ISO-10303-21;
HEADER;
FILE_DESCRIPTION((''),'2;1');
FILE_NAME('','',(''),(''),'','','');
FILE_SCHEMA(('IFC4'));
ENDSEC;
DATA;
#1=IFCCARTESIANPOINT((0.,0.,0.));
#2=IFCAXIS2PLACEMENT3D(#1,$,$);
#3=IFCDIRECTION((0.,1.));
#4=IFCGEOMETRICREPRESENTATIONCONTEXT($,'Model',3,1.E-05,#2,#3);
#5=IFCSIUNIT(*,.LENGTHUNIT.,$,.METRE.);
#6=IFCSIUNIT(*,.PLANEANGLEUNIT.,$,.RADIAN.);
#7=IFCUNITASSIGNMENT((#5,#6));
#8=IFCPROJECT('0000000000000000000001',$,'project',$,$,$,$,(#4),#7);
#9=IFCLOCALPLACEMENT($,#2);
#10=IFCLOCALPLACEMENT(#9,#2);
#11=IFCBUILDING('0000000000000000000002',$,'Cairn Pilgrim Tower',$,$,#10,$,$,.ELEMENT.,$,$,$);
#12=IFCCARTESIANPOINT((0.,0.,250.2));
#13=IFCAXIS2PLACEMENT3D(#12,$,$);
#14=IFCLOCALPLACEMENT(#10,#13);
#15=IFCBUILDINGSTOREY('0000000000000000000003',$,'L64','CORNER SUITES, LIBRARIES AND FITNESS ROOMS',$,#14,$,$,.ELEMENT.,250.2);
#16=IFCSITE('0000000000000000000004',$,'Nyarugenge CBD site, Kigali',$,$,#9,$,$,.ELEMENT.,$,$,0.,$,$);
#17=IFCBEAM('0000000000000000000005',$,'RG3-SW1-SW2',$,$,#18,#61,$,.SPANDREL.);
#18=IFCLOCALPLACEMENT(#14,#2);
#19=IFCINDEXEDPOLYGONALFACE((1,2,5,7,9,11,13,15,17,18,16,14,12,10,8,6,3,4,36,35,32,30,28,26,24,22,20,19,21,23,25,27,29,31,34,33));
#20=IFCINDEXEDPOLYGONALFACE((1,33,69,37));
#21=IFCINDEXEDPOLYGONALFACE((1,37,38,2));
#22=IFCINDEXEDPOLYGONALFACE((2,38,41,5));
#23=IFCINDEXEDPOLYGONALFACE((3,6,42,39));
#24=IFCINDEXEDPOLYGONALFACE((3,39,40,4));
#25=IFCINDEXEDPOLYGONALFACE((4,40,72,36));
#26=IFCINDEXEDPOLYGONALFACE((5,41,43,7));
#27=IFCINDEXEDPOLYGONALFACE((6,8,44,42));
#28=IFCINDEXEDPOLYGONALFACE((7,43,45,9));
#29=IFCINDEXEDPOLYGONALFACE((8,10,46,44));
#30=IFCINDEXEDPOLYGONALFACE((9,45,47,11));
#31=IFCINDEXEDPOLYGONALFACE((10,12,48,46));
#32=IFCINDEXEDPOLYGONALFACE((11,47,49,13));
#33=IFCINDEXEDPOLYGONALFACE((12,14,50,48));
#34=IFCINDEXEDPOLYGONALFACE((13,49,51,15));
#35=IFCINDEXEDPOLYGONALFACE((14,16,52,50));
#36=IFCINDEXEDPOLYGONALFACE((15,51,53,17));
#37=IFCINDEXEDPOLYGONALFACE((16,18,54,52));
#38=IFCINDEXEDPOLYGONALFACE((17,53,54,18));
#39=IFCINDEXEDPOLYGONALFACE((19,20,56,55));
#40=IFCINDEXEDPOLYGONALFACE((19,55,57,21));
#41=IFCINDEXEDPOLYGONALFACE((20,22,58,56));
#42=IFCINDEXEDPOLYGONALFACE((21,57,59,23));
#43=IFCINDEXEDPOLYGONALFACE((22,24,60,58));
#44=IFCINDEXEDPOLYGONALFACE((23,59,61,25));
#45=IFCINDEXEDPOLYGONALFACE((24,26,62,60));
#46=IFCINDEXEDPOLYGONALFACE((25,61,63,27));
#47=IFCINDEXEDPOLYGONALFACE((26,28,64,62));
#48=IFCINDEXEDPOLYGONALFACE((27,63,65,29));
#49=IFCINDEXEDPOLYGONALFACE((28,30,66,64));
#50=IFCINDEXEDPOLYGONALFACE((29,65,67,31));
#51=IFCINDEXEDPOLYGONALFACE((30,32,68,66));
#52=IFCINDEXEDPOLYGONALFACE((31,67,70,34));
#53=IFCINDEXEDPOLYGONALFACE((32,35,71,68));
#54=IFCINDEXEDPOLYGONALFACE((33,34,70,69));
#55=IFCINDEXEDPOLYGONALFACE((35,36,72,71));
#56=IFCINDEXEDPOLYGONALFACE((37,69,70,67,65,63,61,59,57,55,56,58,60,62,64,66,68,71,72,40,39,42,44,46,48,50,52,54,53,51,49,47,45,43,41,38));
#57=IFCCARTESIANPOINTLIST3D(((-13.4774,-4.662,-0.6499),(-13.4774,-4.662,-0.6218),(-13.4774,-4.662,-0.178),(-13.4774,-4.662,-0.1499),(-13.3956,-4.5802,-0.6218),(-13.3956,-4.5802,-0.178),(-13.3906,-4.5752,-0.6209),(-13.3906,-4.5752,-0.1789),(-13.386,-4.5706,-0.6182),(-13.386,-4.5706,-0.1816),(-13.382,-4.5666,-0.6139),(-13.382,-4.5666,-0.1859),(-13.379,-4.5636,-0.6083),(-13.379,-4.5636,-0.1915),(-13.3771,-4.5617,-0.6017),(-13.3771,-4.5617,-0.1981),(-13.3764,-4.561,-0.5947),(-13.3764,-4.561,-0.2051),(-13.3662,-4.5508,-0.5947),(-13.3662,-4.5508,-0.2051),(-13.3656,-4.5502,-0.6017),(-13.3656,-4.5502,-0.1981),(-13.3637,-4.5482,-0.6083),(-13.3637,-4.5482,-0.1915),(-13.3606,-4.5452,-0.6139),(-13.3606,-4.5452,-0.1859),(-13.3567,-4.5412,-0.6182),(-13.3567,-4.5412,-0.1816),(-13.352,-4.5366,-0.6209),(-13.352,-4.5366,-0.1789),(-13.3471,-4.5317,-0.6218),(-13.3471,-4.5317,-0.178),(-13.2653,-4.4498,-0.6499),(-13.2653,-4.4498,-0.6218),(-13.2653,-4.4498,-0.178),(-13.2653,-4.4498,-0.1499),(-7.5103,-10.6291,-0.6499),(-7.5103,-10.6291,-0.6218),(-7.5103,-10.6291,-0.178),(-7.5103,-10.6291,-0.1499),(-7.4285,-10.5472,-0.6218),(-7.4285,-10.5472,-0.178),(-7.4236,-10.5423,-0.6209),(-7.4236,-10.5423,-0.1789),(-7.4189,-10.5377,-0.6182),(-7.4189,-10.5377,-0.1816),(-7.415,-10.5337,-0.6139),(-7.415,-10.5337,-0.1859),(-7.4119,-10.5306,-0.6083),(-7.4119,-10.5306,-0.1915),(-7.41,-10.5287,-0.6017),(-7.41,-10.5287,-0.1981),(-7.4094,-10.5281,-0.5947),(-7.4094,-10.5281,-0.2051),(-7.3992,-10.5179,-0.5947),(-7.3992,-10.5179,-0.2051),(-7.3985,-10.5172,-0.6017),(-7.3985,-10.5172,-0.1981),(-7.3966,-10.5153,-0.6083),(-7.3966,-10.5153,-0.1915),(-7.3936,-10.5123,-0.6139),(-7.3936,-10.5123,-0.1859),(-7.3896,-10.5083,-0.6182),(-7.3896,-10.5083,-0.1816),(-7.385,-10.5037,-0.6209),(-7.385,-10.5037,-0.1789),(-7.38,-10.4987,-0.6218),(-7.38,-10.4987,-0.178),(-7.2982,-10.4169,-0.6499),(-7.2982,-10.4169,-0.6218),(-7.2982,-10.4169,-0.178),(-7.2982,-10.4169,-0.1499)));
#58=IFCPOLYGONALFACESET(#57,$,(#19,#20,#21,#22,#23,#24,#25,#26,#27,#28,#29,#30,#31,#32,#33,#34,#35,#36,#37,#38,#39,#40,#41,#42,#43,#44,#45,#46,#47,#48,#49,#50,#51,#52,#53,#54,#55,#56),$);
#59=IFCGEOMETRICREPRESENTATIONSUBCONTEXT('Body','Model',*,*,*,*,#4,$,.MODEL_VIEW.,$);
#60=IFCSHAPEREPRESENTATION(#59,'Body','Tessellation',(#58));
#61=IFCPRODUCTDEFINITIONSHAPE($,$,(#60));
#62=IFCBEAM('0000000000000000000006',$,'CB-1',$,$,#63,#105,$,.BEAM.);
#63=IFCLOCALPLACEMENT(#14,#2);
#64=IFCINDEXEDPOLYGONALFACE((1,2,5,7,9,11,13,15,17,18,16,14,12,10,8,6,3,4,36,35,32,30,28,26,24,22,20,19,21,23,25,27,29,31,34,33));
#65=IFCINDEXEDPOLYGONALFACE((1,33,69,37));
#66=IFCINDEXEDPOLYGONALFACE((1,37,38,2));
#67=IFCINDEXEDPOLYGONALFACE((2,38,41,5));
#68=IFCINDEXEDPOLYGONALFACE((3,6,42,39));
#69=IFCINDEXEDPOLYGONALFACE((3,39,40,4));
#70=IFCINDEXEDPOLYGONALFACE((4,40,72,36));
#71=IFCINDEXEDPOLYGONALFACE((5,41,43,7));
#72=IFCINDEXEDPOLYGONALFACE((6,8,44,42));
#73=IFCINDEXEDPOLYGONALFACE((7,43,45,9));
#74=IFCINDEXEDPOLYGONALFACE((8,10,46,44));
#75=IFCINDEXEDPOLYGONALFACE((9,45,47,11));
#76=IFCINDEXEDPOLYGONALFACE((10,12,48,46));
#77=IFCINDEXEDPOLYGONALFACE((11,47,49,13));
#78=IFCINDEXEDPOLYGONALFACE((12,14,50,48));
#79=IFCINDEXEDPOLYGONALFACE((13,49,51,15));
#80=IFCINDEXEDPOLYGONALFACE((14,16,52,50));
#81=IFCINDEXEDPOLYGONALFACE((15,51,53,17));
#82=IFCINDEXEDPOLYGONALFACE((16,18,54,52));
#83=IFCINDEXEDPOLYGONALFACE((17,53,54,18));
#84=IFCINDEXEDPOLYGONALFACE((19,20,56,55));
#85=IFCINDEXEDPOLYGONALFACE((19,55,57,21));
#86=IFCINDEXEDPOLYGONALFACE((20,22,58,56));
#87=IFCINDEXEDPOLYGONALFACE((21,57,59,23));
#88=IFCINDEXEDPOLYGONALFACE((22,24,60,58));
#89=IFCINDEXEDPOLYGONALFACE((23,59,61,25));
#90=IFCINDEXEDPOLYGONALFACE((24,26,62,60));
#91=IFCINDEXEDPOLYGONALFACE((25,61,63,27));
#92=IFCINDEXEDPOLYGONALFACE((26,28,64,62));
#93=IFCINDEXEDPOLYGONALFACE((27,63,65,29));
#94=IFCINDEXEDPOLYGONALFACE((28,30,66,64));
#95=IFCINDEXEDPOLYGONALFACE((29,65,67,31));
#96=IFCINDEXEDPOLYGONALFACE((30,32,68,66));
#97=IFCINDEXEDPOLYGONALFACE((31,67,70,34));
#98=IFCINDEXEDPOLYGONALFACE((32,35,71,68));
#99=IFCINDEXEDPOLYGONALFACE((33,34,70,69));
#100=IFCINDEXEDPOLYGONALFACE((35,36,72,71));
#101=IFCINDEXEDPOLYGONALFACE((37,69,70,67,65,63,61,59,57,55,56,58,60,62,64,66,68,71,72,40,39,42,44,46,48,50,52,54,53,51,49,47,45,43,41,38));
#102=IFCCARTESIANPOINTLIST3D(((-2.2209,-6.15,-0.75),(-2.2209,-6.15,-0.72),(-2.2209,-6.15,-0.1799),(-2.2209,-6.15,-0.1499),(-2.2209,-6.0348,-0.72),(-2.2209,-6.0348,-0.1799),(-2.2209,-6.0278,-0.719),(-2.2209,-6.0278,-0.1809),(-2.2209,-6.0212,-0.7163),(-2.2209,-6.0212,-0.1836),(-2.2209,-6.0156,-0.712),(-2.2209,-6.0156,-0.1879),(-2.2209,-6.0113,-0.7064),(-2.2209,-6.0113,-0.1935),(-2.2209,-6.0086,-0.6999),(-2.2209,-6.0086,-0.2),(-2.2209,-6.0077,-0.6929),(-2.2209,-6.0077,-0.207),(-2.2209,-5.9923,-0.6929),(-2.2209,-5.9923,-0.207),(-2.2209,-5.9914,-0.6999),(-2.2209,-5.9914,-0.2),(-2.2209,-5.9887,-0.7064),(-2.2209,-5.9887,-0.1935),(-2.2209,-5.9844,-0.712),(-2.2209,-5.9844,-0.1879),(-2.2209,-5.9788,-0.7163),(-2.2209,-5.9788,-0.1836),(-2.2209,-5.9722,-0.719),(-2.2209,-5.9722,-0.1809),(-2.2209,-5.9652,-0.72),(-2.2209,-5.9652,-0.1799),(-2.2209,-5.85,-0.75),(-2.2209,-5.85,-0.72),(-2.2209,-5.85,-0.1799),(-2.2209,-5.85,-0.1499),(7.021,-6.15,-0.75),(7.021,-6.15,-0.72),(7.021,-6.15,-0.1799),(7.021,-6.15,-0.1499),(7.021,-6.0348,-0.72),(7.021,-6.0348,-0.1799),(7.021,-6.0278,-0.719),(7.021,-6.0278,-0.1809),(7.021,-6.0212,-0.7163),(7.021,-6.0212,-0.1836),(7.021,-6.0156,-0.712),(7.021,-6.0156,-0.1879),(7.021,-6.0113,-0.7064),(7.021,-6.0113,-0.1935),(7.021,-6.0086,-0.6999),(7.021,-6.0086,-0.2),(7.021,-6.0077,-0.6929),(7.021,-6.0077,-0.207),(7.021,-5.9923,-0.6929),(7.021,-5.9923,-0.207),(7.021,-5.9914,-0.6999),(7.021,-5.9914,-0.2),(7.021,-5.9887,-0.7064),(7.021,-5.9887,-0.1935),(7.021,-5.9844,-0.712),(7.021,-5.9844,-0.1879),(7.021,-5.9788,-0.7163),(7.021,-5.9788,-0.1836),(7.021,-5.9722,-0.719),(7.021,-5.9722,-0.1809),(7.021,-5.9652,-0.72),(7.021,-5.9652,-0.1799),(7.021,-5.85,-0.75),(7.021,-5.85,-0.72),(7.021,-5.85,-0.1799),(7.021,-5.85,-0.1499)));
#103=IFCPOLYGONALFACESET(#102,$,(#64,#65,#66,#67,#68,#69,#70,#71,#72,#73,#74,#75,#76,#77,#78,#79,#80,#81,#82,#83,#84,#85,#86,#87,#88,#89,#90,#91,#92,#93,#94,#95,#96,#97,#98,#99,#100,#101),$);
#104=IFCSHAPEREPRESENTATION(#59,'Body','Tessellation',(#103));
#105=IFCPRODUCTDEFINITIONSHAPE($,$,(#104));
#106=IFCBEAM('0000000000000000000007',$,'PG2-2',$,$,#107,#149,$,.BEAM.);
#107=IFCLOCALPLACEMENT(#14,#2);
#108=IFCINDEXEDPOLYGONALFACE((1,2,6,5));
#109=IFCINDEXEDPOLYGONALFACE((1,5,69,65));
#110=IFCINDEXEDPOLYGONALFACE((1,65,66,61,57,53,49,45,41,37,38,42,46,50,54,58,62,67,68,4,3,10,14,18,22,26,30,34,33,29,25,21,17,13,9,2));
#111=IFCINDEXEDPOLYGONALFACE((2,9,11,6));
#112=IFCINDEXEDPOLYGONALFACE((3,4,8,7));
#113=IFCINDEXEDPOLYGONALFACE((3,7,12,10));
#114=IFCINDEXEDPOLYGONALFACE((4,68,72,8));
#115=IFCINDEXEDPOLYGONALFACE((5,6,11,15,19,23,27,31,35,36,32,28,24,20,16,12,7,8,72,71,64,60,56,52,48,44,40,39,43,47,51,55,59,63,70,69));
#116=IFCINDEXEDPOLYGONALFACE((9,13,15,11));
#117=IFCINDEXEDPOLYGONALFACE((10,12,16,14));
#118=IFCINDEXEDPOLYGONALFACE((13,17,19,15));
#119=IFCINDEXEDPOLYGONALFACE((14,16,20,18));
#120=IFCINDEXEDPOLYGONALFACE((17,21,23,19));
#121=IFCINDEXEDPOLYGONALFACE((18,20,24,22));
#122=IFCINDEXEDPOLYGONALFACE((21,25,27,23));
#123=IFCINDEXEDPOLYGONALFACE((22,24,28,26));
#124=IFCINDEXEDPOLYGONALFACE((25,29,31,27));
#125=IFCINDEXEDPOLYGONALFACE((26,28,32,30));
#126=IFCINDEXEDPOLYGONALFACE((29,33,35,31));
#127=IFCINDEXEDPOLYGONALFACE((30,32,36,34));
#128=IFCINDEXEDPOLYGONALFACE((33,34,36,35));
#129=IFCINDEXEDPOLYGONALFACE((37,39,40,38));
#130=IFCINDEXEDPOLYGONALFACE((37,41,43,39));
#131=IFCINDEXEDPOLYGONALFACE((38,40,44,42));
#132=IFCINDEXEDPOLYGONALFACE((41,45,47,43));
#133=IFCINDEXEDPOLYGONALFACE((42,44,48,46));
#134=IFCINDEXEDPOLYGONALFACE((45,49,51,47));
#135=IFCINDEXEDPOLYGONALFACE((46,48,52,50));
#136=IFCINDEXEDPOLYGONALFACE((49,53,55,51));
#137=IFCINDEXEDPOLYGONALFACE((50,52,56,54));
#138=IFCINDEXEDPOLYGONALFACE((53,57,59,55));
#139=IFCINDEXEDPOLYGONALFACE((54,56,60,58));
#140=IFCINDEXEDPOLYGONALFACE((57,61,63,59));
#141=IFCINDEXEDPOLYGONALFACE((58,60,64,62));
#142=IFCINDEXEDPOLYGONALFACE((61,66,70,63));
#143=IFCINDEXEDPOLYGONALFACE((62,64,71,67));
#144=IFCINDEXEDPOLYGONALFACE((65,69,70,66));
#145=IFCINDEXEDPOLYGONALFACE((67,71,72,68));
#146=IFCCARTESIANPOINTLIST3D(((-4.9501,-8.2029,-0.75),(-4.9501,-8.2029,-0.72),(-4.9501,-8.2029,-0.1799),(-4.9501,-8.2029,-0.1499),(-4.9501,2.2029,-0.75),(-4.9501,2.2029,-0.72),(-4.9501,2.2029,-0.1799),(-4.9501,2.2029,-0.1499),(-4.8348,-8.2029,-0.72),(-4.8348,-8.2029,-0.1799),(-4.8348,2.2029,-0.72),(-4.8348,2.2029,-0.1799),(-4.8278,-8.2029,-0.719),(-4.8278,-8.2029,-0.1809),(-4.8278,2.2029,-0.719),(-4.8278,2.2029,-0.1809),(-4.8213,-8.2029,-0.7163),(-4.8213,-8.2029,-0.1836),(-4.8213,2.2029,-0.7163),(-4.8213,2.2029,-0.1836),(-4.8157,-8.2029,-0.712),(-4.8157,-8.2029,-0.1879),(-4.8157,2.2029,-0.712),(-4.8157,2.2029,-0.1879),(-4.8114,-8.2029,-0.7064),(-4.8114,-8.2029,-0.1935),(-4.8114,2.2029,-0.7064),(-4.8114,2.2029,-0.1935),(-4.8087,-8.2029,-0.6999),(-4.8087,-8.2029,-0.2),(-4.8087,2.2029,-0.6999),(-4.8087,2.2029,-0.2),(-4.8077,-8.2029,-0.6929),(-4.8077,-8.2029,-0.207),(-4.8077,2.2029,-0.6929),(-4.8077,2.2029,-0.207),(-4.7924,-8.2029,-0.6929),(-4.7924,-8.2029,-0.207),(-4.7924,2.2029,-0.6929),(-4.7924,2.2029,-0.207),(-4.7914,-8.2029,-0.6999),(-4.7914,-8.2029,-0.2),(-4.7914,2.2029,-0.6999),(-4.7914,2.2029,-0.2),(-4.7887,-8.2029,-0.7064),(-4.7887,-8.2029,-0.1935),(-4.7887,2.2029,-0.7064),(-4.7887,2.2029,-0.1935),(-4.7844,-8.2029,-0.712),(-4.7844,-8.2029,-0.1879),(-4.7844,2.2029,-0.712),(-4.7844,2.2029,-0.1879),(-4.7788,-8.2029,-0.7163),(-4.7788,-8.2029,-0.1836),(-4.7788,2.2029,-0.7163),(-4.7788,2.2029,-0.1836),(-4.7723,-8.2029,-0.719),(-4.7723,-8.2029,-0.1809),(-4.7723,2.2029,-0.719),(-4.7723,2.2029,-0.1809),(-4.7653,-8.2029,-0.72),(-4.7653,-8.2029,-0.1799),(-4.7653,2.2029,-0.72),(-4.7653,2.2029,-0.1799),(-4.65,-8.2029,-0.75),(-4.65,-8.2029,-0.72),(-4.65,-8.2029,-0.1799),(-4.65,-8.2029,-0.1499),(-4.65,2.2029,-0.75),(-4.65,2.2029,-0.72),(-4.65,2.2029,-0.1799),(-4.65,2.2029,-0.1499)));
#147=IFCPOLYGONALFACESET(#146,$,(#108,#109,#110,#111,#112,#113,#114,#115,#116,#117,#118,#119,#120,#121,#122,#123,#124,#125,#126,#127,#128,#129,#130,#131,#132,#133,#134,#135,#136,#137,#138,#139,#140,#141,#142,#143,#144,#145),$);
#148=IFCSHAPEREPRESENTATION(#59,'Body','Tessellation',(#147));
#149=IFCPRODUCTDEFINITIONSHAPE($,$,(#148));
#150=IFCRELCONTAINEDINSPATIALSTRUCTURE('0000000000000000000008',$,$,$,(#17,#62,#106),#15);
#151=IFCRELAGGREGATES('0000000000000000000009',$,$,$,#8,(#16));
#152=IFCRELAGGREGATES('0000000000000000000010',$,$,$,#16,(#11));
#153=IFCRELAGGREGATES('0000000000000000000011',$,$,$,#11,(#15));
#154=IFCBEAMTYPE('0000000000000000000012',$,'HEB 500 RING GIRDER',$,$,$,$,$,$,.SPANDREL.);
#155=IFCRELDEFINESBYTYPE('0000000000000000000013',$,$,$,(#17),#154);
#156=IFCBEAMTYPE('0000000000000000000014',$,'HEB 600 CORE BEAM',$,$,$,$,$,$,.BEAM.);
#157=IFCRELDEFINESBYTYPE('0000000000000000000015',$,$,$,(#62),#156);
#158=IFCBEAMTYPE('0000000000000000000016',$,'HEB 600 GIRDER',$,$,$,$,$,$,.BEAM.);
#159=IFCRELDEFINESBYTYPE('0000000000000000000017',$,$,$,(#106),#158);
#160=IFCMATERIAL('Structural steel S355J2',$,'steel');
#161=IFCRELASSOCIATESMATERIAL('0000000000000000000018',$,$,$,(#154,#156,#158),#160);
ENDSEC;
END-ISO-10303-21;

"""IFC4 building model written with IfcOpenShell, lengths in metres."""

from ifc_helpers import new_model, si_unit, direction, frame, origin, origin_2d, place, context, subcontext, project, spatial, i_section, extrude, material, material_profile, profile_set, type_object, element, save


model = new_model("IFC4")

# Units and contexts
model_context = context("Model", 3, precision=1e-05, world=origin(), true_north=direction((0.0, 1.0)))
body_context = subcontext(model_context, "Body", "Model", "MODEL_VIEW")
ifc_project = project(units=[si_unit("LENGTHUNIT", "METRE"), si_unit("PLANEANGLEUNIT", "RADIAN")], contexts=[model_context])

# Site, building, storey
site_placement = place(None, origin())
site = spatial("IfcSite", under=ifc_project, at=site_placement, Name="Nyarugenge CBD site, Kigali", CompositionType="ELEMENT", RefElevation=0.0)
building_placement = place(site_placement, origin())
building = spatial("IfcBuilding", under=site, at=building_placement, Name="Cairn Pilgrim Tower", CompositionType="ELEMENT")
storey_placement = place(building_placement, frame((0.0, 0.0, 250.2)))
storey = spatial("IfcBuildingStorey", under=building, at=storey_placement, Name="L64", Description="CORNER SUITES, LIBRARIES AND FITNESS ROOMS", CompositionType="ELEMENT", Elevation=250.2)

# Shared definitions
ifc_material_1 = material(Name="Structural steel S355J2", Category="steel")

# Beams
ifc_material_profile_1 = material_profile(ifc_material_1, i_section(OverallWidth=0.3, OverallDepth=0.5, WebThickness=0.0144, FlangeThickness=0.0281, FilletRadius=0.0271, at=origin_2d()), Name="HEB 500")
ifc_profile_set_1 = profile_set([ifc_material_profile_1], Name="Structural steel S355J2")
beam_type_1 = type_object("IfcBeamType", Name="HEB 500 RING GIRDER", PredefinedType="SPANDREL", material=ifc_profile_set_1)
beam_1_placement = place(storey_placement, frame((-13.3713, -4.5559, -0.3999), z_axis=(0.707107, -0.707107, 0.0), x_axis=(0.707107, 0.707107, 0.0)))
element("IfcBeam", 1, at=beam_1_placement, inside=storey, type_object=beam_type_1, Name="RG3-SW1-SW2", PredefinedType="SPANDREL", context=body_context, shape_type="SweptSolid", body=[
    extrude(i_section(OverallWidth=0.3, OverallDepth=0.5, WebThickness=0.0144, FlangeThickness=0.0281, FilletRadius=0.0271, at=origin_2d()), origin(), (0.0, 0.0, 1.0), 8.4387),
])
ifc_material_profile_2 = material_profile(ifc_material_1, i_section(OverallWidth=0.3, OverallDepth=0.6001, WebThickness=0.0154, FlangeThickness=0.03, FilletRadius=0.0271, at=origin_2d()), Name="HEB 600")
ifc_profile_set_2 = profile_set([ifc_material_profile_2], Name="Structural steel S355J2")
beam_type_2 = type_object("IfcBeamType", Name="HEB 600 CORE BEAM", PredefinedType="BEAM", material=ifc_profile_set_2)
beam_2_placement = place(storey_placement, frame((-2.2209, -6.0, -0.45), z_axis=(1.0, 0.0, 0.0), x_axis=(0.0, 1.0, 0.0)))
element("IfcBeam", 2, at=beam_2_placement, inside=storey, type_object=beam_type_2, Name="CB-1", PredefinedType="BEAM", context=body_context, shape_type="SweptSolid", body=[
    extrude(i_section(OverallWidth=0.3, OverallDepth=0.6001, WebThickness=0.0154, FlangeThickness=0.03, FilletRadius=0.0271, at=origin_2d()), origin(), (0.0, 0.0, 1.0), 9.2419),
])
ifc_material_profile_3 = material_profile(ifc_material_1, i_section(OverallWidth=0.3, OverallDepth=0.6001, WebThickness=0.0154, FlangeThickness=0.03, FilletRadius=0.0271, at=origin_2d()), Name="HEB 600")
ifc_profile_set_3 = profile_set([ifc_material_profile_3], Name="Structural steel S355J2")
beam_type_3 = type_object("IfcBeamType", Name="HEB 600 GIRDER", PredefinedType="BEAM", material=ifc_profile_set_3)
beam_3_placement = place(storey_placement, frame((-4.8, -8.2029, -0.45), z_axis=(0.0, 1.0, 0.0), x_axis=(-1.0, 0.0, 0.0)))
element("IfcBeam", 3, at=beam_3_placement, inside=storey, type_object=beam_type_3, Name="PG2-2", PredefinedType="BEAM", context=body_context, shape_type="SweptSolid", body=[
    extrude(i_section(OverallWidth=0.3, OverallDepth=0.6001, WebThickness=0.0154, FlangeThickness=0.03, FilletRadius=0.0271, at=origin_2d()), origin(), (0.0, 0.0, 1.0), 10.4058),
])

save(model, "model.ifc")
